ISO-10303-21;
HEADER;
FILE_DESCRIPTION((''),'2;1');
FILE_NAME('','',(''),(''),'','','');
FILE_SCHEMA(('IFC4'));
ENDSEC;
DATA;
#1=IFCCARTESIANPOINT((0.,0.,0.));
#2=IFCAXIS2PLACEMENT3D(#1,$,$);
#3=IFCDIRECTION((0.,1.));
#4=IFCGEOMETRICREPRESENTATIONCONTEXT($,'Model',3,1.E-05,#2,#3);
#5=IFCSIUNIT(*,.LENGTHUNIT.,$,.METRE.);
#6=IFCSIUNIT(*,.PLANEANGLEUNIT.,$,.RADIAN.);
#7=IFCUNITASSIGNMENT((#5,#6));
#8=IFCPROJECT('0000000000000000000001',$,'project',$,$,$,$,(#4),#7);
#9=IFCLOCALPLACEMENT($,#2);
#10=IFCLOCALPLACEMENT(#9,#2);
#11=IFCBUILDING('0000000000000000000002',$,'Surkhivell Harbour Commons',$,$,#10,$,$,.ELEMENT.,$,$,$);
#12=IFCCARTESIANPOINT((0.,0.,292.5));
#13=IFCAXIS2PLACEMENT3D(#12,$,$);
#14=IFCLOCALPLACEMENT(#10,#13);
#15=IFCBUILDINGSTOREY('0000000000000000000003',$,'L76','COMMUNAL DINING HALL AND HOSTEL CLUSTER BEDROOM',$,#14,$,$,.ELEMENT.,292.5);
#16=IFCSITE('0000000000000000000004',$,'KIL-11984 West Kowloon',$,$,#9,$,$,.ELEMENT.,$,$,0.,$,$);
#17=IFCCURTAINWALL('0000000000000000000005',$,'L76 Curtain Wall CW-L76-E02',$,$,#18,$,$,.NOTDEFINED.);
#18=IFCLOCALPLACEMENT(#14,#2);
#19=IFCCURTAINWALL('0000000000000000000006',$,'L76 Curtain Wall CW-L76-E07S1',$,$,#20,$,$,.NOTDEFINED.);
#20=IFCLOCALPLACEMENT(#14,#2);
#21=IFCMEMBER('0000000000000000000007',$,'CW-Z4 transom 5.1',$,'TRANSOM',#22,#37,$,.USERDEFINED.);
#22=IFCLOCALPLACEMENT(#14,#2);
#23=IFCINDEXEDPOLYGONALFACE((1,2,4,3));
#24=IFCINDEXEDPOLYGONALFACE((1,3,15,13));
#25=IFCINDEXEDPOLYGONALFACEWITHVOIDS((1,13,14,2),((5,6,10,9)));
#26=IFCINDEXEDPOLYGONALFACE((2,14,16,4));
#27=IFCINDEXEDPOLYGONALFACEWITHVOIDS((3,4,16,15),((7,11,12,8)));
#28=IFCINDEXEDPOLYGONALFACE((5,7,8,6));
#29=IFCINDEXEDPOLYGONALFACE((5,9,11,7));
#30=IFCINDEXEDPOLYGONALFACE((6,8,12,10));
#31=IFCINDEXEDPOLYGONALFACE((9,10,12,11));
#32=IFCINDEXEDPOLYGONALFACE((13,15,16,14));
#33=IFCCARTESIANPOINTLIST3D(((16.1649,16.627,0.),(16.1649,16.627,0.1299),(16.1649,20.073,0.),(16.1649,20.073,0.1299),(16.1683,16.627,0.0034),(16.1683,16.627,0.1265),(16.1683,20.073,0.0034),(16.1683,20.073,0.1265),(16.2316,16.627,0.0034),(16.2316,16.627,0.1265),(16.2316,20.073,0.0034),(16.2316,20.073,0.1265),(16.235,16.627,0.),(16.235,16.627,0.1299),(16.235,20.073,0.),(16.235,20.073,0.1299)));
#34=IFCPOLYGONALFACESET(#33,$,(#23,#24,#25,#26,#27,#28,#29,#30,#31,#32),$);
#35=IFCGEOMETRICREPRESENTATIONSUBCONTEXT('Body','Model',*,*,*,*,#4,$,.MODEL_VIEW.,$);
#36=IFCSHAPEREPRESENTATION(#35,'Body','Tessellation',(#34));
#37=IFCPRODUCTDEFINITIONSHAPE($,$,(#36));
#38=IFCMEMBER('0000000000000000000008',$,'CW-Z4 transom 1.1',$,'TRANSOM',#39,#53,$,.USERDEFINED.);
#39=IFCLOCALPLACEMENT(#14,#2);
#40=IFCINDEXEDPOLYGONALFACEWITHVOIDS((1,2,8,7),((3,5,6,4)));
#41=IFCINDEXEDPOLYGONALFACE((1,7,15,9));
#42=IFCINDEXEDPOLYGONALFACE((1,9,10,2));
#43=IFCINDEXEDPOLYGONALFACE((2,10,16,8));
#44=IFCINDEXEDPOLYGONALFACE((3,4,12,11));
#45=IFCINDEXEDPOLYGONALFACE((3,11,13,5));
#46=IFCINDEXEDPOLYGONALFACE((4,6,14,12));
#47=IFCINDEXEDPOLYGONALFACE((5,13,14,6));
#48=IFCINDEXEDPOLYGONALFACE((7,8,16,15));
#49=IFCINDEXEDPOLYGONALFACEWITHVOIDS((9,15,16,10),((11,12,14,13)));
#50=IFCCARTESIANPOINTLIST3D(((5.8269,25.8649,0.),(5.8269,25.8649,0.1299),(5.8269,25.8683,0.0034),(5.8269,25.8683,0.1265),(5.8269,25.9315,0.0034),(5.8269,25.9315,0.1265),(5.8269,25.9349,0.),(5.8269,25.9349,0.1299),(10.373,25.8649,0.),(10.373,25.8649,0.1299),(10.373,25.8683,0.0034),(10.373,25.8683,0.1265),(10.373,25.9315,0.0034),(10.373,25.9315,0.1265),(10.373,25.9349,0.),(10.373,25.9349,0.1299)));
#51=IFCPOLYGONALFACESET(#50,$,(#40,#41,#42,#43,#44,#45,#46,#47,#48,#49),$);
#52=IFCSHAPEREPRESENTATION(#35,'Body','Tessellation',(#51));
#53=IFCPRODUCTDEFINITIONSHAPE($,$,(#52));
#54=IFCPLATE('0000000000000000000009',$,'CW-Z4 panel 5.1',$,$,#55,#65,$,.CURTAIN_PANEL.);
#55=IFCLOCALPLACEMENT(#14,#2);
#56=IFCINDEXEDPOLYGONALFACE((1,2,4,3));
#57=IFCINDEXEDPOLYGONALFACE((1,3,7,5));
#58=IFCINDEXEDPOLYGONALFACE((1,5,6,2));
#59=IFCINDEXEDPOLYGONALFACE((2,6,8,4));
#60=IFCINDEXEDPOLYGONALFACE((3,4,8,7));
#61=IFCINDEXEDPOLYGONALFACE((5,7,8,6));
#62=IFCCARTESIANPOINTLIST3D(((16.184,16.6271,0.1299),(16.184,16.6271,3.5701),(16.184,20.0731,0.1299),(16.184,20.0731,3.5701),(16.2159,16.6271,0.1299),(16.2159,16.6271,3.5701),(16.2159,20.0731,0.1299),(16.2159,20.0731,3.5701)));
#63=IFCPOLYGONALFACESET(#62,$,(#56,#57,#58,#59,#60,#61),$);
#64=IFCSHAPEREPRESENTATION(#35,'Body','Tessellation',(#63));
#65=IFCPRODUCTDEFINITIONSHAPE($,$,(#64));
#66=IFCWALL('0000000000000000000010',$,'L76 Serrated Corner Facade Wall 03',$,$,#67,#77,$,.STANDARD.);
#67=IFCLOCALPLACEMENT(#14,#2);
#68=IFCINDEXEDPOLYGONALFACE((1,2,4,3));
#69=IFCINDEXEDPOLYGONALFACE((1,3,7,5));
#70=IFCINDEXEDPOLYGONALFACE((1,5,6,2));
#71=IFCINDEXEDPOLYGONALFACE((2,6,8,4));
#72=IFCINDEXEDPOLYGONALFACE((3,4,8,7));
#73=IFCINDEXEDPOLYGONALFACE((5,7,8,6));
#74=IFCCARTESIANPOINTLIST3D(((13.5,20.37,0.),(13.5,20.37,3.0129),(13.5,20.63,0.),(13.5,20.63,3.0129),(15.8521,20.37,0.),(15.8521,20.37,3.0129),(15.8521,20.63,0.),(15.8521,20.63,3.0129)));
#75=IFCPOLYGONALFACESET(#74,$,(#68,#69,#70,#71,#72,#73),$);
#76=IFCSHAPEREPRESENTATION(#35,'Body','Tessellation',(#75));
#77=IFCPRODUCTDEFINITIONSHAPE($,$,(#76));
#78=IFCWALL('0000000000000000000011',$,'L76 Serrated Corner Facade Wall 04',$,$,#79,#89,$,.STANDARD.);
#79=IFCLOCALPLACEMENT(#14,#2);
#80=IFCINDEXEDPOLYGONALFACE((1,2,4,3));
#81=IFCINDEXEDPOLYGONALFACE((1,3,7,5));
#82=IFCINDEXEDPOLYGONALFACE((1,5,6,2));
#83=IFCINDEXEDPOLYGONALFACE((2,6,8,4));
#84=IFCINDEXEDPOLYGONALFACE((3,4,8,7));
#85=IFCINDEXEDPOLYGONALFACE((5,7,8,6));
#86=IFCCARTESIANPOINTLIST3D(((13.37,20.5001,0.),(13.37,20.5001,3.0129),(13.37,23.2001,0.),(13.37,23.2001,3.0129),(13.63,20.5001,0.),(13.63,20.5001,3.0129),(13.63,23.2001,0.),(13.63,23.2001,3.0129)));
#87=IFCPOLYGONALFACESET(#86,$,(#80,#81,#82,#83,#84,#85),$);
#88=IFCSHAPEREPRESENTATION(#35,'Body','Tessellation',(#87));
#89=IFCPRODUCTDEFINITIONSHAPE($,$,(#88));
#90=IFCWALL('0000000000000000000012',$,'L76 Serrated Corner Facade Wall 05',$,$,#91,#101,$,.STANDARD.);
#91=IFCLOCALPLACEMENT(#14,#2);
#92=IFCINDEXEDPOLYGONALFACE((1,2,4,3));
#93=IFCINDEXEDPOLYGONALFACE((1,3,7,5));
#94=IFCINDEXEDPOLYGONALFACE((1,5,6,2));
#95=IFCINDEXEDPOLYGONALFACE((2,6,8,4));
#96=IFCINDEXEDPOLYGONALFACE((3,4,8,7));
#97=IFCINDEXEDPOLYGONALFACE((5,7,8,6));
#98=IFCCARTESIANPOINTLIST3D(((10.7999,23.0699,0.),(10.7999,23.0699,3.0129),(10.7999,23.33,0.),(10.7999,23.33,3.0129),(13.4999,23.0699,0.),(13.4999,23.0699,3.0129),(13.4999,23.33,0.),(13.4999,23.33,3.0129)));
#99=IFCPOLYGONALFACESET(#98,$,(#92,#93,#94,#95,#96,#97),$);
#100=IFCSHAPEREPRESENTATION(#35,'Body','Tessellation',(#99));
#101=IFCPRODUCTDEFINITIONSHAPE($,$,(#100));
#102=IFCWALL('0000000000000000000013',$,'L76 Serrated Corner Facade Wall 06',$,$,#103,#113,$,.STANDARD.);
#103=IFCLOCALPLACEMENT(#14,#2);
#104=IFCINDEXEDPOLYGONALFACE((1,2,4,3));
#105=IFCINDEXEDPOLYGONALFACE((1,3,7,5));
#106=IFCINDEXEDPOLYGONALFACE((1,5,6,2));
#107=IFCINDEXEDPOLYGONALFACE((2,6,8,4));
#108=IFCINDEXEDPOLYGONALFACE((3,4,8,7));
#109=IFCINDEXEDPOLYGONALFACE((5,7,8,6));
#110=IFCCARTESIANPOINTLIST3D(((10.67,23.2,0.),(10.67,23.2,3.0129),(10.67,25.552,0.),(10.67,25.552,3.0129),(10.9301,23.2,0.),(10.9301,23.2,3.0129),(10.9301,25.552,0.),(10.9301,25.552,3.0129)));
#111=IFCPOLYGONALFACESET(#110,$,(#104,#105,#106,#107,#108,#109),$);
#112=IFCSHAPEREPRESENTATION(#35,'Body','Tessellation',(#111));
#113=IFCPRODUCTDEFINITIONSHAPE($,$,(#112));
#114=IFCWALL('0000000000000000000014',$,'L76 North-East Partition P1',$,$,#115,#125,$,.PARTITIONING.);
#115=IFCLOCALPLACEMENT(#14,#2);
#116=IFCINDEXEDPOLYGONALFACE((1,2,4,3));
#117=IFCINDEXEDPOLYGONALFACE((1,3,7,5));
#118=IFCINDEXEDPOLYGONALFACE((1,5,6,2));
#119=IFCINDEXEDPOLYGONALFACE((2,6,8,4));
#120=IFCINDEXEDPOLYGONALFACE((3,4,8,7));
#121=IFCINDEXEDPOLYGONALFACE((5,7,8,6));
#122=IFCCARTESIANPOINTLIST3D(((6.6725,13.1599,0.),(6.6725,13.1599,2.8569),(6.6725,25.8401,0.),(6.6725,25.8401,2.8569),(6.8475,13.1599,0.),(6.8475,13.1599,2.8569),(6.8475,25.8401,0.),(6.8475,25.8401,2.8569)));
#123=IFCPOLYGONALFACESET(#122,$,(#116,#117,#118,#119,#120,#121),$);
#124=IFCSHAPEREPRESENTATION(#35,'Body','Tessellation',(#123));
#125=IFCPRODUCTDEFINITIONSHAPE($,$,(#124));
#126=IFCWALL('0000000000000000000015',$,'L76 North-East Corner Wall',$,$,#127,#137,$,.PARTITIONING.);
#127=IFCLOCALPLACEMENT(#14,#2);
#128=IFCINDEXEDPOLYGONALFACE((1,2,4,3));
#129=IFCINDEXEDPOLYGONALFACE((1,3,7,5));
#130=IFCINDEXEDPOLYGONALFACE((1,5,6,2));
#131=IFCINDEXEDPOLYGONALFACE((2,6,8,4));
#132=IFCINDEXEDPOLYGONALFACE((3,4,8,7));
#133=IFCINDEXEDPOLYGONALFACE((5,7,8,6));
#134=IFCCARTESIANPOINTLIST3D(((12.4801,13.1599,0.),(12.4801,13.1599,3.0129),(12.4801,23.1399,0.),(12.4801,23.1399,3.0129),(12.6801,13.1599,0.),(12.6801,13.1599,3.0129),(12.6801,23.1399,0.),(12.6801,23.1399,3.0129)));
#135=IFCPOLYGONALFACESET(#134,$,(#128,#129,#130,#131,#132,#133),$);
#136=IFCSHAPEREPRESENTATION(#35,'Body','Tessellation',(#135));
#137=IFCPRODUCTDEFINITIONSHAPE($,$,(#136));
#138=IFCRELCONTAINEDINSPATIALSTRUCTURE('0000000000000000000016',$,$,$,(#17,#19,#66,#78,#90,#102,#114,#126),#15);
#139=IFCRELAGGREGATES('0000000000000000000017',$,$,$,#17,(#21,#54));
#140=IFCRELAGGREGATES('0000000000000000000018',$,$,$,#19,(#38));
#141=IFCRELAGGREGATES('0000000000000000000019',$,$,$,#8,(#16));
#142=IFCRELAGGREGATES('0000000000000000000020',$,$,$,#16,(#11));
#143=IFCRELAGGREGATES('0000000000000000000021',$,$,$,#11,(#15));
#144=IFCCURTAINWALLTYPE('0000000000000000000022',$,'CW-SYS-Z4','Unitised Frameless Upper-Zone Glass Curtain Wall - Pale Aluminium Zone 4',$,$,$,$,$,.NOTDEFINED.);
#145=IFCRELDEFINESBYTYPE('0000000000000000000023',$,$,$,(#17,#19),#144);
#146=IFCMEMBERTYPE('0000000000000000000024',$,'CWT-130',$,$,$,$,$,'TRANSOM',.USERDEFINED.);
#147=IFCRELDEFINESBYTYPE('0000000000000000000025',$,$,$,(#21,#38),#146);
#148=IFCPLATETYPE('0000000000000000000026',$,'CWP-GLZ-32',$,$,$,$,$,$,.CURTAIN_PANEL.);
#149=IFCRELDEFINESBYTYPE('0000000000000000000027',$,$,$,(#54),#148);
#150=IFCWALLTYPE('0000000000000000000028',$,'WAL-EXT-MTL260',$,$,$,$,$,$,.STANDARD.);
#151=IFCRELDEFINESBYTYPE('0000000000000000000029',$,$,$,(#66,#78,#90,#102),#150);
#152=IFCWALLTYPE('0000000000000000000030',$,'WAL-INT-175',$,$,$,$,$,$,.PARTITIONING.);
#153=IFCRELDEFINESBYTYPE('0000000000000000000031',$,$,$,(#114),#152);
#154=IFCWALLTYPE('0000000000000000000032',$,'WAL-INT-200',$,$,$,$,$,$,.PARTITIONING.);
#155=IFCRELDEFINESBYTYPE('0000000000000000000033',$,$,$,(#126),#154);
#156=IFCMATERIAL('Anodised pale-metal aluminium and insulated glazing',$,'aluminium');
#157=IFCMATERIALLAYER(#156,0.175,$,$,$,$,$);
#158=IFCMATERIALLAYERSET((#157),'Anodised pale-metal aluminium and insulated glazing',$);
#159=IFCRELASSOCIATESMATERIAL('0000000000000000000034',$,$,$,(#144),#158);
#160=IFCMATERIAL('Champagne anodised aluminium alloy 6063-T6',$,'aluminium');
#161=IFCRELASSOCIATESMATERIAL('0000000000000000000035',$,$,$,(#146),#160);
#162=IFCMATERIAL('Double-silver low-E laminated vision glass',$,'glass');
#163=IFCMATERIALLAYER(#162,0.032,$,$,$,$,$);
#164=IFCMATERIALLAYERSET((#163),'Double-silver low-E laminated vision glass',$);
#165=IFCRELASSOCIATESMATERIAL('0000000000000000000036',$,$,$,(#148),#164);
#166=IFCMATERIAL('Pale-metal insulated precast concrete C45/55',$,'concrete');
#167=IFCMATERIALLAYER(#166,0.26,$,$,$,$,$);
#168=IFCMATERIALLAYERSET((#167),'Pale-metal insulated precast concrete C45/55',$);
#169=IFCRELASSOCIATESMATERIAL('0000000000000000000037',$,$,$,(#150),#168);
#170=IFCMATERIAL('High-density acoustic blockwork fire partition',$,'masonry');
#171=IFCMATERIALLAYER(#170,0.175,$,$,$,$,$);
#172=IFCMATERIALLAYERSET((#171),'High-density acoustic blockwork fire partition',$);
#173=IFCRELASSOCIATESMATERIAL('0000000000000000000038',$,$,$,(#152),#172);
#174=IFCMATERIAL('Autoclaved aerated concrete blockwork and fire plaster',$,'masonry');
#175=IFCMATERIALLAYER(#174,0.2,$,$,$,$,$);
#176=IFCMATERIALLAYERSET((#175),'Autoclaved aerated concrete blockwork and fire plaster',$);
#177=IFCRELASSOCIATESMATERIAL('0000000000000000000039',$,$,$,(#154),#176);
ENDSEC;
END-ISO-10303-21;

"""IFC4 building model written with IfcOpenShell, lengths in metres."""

from ifc_helpers import new_model, si_unit, direction, frame, frame_2d, origin, origin_2d, place, context, subcontext, project, spatial, rectangle, hollow_rectangle, extrude, material, layer, layer_set, material_profile, profile_set, type_object, element, aggregate, save


model = new_model("IFC4")

# Units and contexts
model_context = context("Model", 3, precision=1e-05, world=origin(), true_north=direction((0.0, 1.0)))
body_context = subcontext(model_context, "Body", "Model", "MODEL_VIEW")
ifc_project = project(units=[si_unit("LENGTHUNIT", "METRE"), si_unit("PLANEANGLEUNIT", "RADIAN")], contexts=[model_context])

# Site, building, storey
site_placement = place(None, origin())
site = spatial("IfcSite", under=ifc_project, at=site_placement, Name="KIL-11984 West Kowloon", CompositionType="ELEMENT", RefElevation=0.0)
building_placement = place(site_placement, origin())
building = spatial("IfcBuilding", under=site, at=building_placement, Name="Surkhivell Harbour Commons", CompositionType="ELEMENT")
storey_placement = place(building_placement, frame((0.0, 0.0, 292.5)))
storey = spatial("IfcBuildingStorey", under=building, at=storey_placement, Name="L76", Description="COMMUNAL DINING HALL AND HOSTEL CLUSTER BEDROOM", CompositionType="ELEMENT", Elevation=292.5)

# Curtain walls
ifc_material_1 = material(Name="Anodised pale-metal aluminium and insulated glazing", Category="aluminium")
ifc_layer_1 = layer(ifc_material_1, 0.175)
ifc_layer_set_1 = layer_set([ifc_layer_1], Name="Anodised pale-metal aluminium and insulated glazing")
curtain_wall_type = type_object("IfcCurtainWallType", Name="CW-SYS-Z4", Description="Unitised Frameless Upper-Zone Glass Curtain Wall - Pale Aluminium Zone 4", PredefinedType="NOTDEFINED", material=ifc_layer_set_1)
curtain_wall_1_placement = place(storey_placement, origin())
curtain_wall_1 = element("IfcCurtainWall", 1, at=curtain_wall_1_placement, inside=storey, type_object=curtain_wall_type, Name="L76 Curtain Wall CW-L76-E02", PredefinedType="NOTDEFINED")
curtain_wall_2_placement = place(storey_placement, origin())
curtain_wall_2 = element("IfcCurtainWall", 2, at=curtain_wall_2_placement, inside=storey, type_object=curtain_wall_type, Name="L76 Curtain Wall CW-L76-E07S1", PredefinedType="NOTDEFINED")

# Members
ifc_material_2 = material(Name="Champagne anodised aluminium alloy 6063-T6", Category="aluminium")
ifc_material_profile_1 = material_profile(ifc_material_2, hollow_rectangle(XDim=0.0701, YDim=0.1299, WallThickness=0.0034, at=origin_2d()), Name="ALU-TRAN-70x130")
ifc_profile_set_1 = profile_set([ifc_material_profile_1], Name="Champagne anodised aluminium alloy 6063-T6")
member_type_1 = type_object("IfcMemberType", Name="CWT-130", ElementType="TRANSOM", PredefinedType="USERDEFINED", material=ifc_profile_set_1)
member_1_placement = place(storey_placement, frame((16.2, 16.627, 0.0649), z_axis=(0.0, 1.0, 0.0), x_axis=(-1.0, 0.0, 0.0)))
member_1 = element("IfcMember", 3, at=member_1_placement, type_object=member_type_1, Name="CW-Z4 transom 5.1", ObjectType="TRANSOM", PredefinedType="USERDEFINED", context=body_context, shape_type="SweptSolid", body=[
    extrude(hollow_rectangle(XDim=0.0701, YDim=0.1299, WallThickness=0.0034, at=origin_2d()), origin(), (0.0, 0.0, 1.0), 3.446),
])
member_2_placement = place(storey_placement, frame((10.373, 25.8999, 0.0649), z_axis=(-1.0, 0.0, 0.0), x_axis=(0.0, -1.0, 0.0)))
member_2 = element("IfcMember", 4, at=member_2_placement, type_object=member_type_1, Name="CW-Z4 transom 1.1", ObjectType="TRANSOM", PredefinedType="USERDEFINED", context=body_context, shape_type="SweptSolid", body=[
    extrude(hollow_rectangle(XDim=0.0701, YDim=0.1299, WallThickness=0.0034, at=origin_2d()), origin(), (0.0, 0.0, 1.0), 4.5461),
])

# Plate
ifc_material_3 = material(Name="Double-silver low-E laminated vision glass", Category="glass")
ifc_layer_2 = layer(ifc_material_3, 0.032)
ifc_layer_set_2 = layer_set([ifc_layer_2], Name="Double-silver low-E laminated vision glass")
plate_type = type_object("IfcPlateType", Name="CWP-GLZ-32", PredefinedType="CURTAIN_PANEL", material=ifc_layer_set_2)
plate_1_placement = place(storey_placement, frame((16.2, 16.627, 0.1299), z_axis=(0.0, 0.0, 1.0), x_axis=(0.0, 1.0, 0.0)))
plate_1 = element("IfcPlate", 5, at=plate_1_placement, type_object=plate_type, Name="CW-Z4 panel 5.1", PredefinedType="CURTAIN_PANEL", context=body_context, shape_type="SweptSolid", body=[
    extrude(rectangle(XDim=3.446, YDim=0.032, at=frame_2d((1.7231, 0.0))), origin(), (0.0, 0.0, 1.0), 3.4402),
])
aggregate(curtain_wall_1, [member_1, plate_1])
aggregate(curtain_wall_2, [member_2])

# Walls
ifc_material_4 = material(Name="Pale-metal insulated precast concrete C45/55", Category="concrete")
ifc_layer_3 = layer(ifc_material_4, 0.26)
ifc_layer_set_3 = layer_set([ifc_layer_3], Name="Pale-metal insulated precast concrete C45/55")
wall_type_1 = type_object("IfcWallType", Name="WAL-EXT-MTL260", PredefinedType="STANDARD", material=ifc_layer_set_3)
wall_1_placement = place(storey_placement, frame((15.8521, 20.5, 0.0), z_axis=(0.0, 0.0, 1.0), x_axis=(-1.0, 0.0, 0.0)))
element("IfcWall", 6, at=wall_1_placement, inside=storey, type_object=wall_type_1, Name="L76 Serrated Corner Facade Wall 03", PredefinedType="STANDARD", context=body_context, shape_type="SweptSolid", body=[
    extrude(rectangle(XDim=2.3521, YDim=0.26, at=frame_2d((1.176, 0.0))), origin(), (0.0, 0.0, 1.0), 3.0129),
])
for number, where, z_axis, x_axis, name in (
    (7, (13.5, 20.5, 0.0), (0.0, 0.0, 1.0), (0.0, 1.0, 0.0), "L76 Serrated Corner Facade Wall 04"),
    (8, (13.5, 23.2, 0.0), (0.0, 0.0, 1.0), (-1.0, 0.0, 0.0), "L76 Serrated Corner Facade Wall 05"),
):
    element("IfcWall", number, at=place(storey_placement, frame(where, z_axis=z_axis, x_axis=x_axis)), inside=storey, type_object=wall_type_1, Name=name, PredefinedType="STANDARD", context=body_context, shape_type="SweptSolid", body=[
        extrude(rectangle(XDim=2.7, YDim=0.26, at=frame_2d((1.3501, 0.0))), origin(), (0.0, 0.0, 1.0), 3.0129),
    ])
wall_2_placement = place(storey_placement, frame((10.8, 23.2, 0.0), z_axis=(0.0, 0.0, 1.0), x_axis=(0.0, 1.0, 0.0)))
element("IfcWall", 9, at=wall_2_placement, inside=storey, type_object=wall_type_1, Name="L76 Serrated Corner Facade Wall 06", PredefinedType="STANDARD", context=body_context, shape_type="SweptSolid", body=[
    extrude(rectangle(XDim=2.3521, YDim=0.26, at=frame_2d((1.176, 0.0))), origin(), (0.0, 0.0, 1.0), 3.0129),
])
ifc_material_5 = material(Name="High-density acoustic blockwork fire partition", Category="masonry")
ifc_layer_4 = layer(ifc_material_5, 0.175)
ifc_layer_set_4 = layer_set([ifc_layer_4], Name="High-density acoustic blockwork fire partition")
wall_type_2 = type_object("IfcWallType", Name="WAL-INT-175", PredefinedType="PARTITIONING", material=ifc_layer_set_4)
wall_3_placement = place(storey_placement, frame((6.76, 13.1599, 0.0), z_axis=(0.0, 0.0, 1.0), x_axis=(0.0, 1.0, 0.0)))
element("IfcWall", 10, at=wall_3_placement, inside=storey, type_object=wall_type_2, Name="L76 North-East Partition P1", PredefinedType="PARTITIONING", context=body_context, shape_type="SweptSolid", body=[
    extrude(rectangle(XDim=12.6802, YDim=0.175, at=frame_2d((6.3401, 0.0))), origin(), (0.0, 0.0, 1.0), 2.8569),
])
ifc_material_6 = material(Name="Autoclaved aerated concrete blockwork and fire plaster", Category="masonry")
ifc_layer_5 = layer(ifc_material_6, 0.2)
ifc_layer_set_5 = layer_set([ifc_layer_5], Name="Autoclaved aerated concrete blockwork and fire plaster")
wall_type_3 = type_object("IfcWallType", Name="WAL-INT-200", PredefinedType="PARTITIONING", material=ifc_layer_set_5)
wall_4_placement = place(storey_placement, frame((12.5801, 13.1599, 0.0), z_axis=(0.0, 0.0, 1.0), x_axis=(0.0, 1.0, 0.0)))
element("IfcWall", 11, at=wall_4_placement, inside=storey, type_object=wall_type_3, Name="L76 North-East Corner Wall", PredefinedType="PARTITIONING", context=body_context, shape_type="SweptSolid", body=[
    extrude(rectangle(XDim=9.98, YDim=0.2, at=frame_2d((4.99, 0.0))), origin(), (0.0, 0.0, 1.0), 3.0129),
])

save(model, "model.ifc")
